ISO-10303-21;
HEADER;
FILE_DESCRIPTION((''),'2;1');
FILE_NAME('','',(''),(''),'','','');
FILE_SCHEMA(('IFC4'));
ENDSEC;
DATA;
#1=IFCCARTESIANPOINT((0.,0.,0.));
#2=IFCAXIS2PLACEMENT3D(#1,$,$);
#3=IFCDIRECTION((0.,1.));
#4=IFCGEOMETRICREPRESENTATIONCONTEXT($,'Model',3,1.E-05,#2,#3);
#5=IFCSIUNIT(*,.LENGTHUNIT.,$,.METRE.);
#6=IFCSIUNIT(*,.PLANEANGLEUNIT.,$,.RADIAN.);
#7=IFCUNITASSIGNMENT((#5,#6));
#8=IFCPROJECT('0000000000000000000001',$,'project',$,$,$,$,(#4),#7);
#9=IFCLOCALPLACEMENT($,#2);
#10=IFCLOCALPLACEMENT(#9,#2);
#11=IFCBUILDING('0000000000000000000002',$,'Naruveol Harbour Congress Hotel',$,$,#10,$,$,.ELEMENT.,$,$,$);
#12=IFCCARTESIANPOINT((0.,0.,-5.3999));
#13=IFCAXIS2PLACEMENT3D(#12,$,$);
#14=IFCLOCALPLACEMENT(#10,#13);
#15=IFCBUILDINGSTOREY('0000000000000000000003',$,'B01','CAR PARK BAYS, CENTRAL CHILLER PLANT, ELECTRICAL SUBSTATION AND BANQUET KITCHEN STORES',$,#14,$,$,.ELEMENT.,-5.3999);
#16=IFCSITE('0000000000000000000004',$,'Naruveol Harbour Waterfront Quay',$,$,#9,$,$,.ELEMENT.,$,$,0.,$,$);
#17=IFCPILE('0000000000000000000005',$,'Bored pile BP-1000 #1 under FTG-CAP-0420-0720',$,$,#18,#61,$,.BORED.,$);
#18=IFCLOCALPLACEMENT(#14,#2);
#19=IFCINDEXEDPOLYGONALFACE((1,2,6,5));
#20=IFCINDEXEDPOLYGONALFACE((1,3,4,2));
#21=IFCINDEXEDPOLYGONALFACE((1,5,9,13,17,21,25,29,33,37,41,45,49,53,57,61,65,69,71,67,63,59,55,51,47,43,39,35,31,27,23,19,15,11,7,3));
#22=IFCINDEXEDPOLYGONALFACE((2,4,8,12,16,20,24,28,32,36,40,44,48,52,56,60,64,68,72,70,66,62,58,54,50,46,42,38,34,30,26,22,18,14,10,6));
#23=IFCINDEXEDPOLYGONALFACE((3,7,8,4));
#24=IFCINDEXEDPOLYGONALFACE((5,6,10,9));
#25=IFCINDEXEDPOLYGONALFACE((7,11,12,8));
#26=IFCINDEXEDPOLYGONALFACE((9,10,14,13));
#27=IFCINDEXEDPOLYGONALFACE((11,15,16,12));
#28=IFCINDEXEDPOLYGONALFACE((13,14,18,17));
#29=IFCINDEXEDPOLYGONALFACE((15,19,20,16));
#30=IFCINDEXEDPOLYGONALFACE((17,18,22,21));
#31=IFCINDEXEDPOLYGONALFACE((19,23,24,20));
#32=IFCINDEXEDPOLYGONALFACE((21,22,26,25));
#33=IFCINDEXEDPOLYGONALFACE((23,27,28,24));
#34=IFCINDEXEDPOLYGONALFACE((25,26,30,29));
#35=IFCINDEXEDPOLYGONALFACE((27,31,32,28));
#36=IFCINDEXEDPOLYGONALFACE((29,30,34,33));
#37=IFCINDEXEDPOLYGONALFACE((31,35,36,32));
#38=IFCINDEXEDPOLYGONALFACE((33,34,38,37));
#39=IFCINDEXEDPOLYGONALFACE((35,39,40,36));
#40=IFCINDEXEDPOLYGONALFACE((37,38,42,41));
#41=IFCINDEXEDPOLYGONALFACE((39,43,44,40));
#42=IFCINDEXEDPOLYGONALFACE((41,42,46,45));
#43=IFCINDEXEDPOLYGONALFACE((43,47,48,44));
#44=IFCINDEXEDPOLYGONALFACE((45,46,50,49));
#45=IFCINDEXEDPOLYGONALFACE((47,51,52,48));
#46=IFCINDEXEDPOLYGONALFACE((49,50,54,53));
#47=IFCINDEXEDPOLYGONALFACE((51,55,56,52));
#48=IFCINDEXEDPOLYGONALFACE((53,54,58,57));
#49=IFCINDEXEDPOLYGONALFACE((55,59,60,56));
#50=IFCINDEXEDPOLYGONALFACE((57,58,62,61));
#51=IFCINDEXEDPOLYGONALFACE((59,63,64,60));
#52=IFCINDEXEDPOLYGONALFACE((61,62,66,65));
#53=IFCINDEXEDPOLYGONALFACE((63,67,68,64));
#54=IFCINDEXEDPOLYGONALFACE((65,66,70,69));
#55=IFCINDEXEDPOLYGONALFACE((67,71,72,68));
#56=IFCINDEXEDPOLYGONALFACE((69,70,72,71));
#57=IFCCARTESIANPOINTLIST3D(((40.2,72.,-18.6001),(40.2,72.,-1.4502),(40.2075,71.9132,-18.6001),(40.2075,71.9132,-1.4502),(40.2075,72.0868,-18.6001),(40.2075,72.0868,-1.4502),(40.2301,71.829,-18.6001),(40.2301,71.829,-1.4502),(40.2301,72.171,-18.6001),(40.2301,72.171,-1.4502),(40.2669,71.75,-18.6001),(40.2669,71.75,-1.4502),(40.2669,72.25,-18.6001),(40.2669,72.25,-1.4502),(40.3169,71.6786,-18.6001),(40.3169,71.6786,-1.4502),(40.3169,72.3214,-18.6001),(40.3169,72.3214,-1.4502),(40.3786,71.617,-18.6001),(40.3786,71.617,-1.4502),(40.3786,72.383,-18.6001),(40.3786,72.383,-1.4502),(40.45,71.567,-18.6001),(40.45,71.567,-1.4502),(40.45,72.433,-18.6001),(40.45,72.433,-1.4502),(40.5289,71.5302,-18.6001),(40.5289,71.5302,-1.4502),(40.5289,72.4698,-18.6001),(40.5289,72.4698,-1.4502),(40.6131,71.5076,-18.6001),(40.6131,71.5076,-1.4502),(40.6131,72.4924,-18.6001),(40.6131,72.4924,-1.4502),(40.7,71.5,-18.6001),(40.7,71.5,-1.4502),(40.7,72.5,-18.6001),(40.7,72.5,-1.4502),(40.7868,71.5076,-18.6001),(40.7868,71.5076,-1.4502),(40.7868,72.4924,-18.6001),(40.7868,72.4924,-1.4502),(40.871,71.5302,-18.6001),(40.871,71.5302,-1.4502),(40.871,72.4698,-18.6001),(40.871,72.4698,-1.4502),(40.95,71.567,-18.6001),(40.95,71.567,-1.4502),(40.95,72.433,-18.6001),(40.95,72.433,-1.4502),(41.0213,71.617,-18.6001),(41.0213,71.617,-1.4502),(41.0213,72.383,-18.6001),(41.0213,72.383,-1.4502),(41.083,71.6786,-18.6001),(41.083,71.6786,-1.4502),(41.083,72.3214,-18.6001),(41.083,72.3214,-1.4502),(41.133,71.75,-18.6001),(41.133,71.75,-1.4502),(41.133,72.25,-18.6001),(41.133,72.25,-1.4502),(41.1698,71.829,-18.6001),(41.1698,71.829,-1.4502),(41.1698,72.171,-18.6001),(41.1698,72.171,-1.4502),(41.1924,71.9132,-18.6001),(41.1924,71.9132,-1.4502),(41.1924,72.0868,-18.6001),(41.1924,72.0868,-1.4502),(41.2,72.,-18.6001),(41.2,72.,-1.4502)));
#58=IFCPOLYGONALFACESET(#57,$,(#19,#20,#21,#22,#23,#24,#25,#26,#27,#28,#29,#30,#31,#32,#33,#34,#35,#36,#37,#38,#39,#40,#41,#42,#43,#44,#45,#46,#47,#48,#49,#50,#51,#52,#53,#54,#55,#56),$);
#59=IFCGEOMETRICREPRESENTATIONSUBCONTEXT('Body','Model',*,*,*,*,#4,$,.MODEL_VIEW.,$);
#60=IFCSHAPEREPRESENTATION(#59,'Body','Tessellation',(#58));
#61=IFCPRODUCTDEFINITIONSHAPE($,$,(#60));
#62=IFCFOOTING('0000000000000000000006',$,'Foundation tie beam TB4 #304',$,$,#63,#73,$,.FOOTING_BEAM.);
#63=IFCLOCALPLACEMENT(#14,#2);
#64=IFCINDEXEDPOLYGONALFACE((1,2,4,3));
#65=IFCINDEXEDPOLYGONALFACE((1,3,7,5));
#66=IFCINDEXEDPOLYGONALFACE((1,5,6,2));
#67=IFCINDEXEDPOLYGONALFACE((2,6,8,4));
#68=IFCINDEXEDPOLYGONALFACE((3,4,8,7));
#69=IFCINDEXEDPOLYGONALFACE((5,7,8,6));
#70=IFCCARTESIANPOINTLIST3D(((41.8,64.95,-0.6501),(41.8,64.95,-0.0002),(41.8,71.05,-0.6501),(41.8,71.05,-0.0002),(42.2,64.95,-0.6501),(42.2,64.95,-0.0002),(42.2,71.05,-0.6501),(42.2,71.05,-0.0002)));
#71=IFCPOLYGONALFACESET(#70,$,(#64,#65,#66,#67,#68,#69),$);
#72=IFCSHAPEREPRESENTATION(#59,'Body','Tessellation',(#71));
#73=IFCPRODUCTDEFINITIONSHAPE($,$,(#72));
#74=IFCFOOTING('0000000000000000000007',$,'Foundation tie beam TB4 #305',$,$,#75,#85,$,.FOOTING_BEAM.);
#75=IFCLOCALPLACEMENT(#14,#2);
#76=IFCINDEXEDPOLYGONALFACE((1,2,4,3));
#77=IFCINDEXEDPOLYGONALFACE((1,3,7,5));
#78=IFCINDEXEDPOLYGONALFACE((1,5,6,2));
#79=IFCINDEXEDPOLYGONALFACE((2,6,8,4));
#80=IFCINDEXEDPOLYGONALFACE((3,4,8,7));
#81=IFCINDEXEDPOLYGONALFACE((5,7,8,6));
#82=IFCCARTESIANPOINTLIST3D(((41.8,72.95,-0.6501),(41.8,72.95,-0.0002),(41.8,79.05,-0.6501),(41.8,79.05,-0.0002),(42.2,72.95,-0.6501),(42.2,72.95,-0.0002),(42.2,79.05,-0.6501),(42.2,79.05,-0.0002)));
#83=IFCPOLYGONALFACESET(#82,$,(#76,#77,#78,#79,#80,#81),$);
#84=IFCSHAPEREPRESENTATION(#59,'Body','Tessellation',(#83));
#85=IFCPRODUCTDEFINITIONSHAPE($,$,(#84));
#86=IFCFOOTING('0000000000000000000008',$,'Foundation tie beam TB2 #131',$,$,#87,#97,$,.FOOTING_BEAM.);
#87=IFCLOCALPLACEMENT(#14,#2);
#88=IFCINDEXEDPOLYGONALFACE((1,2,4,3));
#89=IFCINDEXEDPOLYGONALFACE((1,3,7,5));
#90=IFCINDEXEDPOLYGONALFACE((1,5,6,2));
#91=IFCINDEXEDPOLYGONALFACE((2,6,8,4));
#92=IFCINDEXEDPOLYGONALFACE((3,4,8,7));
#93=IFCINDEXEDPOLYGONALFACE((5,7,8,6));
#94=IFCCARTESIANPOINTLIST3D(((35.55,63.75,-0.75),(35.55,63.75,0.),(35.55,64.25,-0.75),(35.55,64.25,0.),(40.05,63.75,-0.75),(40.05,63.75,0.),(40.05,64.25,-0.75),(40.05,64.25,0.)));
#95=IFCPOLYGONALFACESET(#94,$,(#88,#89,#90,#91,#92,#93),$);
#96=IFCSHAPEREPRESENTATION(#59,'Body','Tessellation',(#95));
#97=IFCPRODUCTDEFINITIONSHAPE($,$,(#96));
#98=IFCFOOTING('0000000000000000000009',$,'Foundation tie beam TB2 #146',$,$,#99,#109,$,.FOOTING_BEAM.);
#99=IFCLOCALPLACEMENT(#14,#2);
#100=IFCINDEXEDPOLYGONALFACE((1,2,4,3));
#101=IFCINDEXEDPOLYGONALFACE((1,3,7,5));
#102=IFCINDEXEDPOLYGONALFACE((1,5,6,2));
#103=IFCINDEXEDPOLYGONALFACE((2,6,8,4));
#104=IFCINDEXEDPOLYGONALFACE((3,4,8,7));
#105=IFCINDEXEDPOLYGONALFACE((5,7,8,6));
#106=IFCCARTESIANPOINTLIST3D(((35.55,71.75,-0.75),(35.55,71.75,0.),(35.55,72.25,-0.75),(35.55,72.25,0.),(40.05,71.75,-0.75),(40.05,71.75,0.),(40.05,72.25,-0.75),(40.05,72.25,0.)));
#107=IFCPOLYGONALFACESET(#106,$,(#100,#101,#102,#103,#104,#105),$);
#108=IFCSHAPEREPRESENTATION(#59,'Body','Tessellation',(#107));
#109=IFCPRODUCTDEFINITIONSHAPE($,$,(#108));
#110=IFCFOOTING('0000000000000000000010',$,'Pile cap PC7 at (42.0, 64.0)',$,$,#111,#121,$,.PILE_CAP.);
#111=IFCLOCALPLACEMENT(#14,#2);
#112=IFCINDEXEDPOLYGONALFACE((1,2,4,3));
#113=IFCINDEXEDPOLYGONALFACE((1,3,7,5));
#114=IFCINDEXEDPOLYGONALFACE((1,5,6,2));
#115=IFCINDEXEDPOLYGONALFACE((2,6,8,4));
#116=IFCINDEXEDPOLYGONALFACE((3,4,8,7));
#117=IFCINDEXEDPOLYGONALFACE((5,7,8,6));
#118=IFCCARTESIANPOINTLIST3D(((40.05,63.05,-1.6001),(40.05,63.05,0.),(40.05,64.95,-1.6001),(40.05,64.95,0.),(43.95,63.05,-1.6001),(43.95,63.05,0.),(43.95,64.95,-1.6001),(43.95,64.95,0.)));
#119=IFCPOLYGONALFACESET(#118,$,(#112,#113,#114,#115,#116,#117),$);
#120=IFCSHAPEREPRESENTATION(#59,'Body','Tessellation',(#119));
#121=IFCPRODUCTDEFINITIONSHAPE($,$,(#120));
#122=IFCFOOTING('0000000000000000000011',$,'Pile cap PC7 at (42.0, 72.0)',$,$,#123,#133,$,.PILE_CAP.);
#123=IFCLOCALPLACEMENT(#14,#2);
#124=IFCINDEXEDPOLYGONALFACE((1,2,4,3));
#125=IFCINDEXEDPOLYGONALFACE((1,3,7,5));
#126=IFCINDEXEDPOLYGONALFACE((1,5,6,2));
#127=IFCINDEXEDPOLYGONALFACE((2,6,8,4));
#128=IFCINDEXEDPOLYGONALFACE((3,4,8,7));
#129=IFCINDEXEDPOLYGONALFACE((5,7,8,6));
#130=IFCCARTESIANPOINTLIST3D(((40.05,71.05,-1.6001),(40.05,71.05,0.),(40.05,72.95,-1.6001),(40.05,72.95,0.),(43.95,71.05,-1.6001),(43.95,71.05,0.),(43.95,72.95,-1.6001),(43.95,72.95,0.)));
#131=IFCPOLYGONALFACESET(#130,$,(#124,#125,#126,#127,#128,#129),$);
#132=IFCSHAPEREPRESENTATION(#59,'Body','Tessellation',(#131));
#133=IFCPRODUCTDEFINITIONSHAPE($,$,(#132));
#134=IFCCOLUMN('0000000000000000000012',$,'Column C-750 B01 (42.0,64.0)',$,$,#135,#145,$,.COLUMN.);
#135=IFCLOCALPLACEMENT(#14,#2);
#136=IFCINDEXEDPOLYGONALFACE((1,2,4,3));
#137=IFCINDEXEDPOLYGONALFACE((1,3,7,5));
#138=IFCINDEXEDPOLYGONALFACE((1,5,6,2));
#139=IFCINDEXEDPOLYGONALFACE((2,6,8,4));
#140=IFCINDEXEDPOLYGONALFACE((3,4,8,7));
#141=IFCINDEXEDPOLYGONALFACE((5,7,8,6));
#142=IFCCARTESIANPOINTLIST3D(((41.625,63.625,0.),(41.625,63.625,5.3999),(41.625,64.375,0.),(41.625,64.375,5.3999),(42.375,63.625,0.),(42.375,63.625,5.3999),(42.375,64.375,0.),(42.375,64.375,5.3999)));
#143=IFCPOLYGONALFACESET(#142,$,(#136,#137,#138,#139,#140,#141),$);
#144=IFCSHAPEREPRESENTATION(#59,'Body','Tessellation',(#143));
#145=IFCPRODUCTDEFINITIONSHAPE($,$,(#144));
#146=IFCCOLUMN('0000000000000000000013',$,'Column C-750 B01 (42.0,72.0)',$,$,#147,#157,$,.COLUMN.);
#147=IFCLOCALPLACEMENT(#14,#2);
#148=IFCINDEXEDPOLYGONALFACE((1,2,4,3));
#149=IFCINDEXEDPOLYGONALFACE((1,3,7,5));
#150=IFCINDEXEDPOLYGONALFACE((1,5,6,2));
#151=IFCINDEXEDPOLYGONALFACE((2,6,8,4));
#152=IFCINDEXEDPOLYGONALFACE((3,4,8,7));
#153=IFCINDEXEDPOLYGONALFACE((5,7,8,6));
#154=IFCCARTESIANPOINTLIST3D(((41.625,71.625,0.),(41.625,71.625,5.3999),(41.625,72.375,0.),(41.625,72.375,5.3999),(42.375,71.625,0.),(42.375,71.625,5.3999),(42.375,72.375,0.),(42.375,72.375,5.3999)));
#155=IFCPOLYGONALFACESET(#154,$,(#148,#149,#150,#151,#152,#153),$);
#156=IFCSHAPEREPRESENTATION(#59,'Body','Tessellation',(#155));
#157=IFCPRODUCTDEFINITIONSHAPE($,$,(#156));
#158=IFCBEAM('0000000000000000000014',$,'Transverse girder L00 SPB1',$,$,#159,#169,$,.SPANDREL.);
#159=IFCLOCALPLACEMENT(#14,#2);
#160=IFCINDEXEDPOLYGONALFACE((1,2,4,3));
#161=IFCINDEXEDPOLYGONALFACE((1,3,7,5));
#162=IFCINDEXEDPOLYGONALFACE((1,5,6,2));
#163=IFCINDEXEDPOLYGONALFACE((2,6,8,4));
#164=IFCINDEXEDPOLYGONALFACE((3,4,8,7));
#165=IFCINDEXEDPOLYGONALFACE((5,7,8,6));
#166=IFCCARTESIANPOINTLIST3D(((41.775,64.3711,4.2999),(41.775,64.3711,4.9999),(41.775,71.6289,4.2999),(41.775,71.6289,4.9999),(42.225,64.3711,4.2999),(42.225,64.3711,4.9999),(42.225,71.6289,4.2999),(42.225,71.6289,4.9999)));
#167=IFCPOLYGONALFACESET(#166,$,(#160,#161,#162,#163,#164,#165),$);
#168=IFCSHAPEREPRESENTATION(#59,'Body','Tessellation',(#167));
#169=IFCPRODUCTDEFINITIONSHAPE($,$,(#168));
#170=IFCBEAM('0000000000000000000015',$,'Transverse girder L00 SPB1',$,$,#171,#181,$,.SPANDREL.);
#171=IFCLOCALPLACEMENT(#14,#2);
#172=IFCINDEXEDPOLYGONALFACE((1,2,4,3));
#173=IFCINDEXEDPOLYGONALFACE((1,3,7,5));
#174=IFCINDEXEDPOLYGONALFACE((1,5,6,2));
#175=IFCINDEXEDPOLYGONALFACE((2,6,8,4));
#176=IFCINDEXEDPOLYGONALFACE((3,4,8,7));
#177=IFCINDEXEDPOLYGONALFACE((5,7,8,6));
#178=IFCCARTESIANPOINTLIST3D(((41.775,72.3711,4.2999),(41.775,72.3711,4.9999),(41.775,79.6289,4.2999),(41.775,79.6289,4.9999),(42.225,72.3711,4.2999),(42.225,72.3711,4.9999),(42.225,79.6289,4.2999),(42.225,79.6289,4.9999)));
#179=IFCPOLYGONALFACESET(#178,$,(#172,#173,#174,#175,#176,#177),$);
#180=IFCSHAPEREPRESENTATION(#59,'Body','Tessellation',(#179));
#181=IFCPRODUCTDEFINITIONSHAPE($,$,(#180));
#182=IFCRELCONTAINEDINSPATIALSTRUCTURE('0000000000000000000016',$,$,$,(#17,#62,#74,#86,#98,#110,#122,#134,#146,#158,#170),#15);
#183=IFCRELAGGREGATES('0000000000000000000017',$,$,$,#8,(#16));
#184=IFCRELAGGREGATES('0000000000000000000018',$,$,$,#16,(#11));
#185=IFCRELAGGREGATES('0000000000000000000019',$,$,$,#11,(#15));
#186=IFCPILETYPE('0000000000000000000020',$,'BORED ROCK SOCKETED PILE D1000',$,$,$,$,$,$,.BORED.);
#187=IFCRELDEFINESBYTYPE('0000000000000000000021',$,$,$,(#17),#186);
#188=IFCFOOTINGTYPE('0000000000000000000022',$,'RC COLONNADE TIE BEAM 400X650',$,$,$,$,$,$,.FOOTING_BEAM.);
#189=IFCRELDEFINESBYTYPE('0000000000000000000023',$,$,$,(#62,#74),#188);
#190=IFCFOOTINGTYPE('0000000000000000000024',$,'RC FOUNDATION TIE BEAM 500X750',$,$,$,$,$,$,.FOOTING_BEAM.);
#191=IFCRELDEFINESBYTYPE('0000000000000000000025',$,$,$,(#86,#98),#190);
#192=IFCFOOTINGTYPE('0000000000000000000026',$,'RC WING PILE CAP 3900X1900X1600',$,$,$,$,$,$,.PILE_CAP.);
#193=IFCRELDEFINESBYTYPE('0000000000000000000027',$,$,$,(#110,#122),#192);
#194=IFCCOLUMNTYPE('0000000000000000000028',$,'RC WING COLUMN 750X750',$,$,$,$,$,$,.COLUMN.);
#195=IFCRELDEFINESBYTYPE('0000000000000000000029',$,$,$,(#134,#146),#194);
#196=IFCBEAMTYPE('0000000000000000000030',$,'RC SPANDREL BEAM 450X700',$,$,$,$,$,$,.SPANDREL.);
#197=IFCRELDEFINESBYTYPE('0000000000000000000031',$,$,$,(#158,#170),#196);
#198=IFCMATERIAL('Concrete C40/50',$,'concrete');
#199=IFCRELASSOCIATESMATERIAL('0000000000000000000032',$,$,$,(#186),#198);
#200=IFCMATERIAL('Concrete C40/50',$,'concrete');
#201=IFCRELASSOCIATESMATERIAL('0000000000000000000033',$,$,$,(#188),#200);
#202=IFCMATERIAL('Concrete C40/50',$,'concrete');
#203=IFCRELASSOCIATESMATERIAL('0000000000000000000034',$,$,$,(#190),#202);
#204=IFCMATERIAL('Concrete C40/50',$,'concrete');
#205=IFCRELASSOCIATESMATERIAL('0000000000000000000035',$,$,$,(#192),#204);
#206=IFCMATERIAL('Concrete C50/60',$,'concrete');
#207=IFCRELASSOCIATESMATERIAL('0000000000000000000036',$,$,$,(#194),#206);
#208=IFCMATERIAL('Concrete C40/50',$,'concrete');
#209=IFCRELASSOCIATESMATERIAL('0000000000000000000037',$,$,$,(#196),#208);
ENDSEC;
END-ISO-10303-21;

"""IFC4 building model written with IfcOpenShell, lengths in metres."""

from ifc_helpers import new_model, si_unit, direction, frame, origin, origin_2d, place, context, subcontext, project, spatial, rectangle, circle, extrude, material, material_profile, profile_set, type_object, element, save


model = new_model("IFC4")

# Units and contexts
model_context = context("Model", 3, precision=1e-05, world=origin(), true_north=direction((0.0, 1.0)))
body_context = subcontext(model_context, "Body", "Model", "MODEL_VIEW")
ifc_project = project(units=[si_unit("LENGTHUNIT", "METRE"), si_unit("PLANEANGLEUNIT", "RADIAN")], contexts=[model_context])

# Site, building, storey
site_placement = place(None, origin())
site = spatial("IfcSite", under=ifc_project, at=site_placement, Name="Naruveol Harbour Waterfront Quay", CompositionType="ELEMENT", RefElevation=0.0)
building_placement = place(site_placement, origin())
building = spatial("IfcBuilding", under=site, at=building_placement, Name="Naruveol Harbour Congress Hotel", CompositionType="ELEMENT")
storey_placement = place(building_placement, frame((0.0, 0.0, -5.3999)))
storey = spatial("IfcBuildingStorey", under=building, at=storey_placement, Name="B01", Description="CAR PARK BAYS, CENTRAL CHILLER PLANT, ELECTRICAL SUBSTATION AND BANQUET KITCHEN STORES", CompositionType="ELEMENT", Elevation=-5.3999)

# Pile
ifc_material_1 = material(Name="Concrete C40/50", Category="concrete")
ifc_material_profile_1 = material_profile(ifc_material_1, circle(Radius=0.5, at=origin_2d()), Name="BP-1000")
ifc_profile_set_1 = profile_set([ifc_material_profile_1], Name="Concrete C40/50")
pile_type = type_object("IfcPileType", Name="BORED ROCK SOCKETED PILE D1000", PredefinedType="BORED", material=ifc_profile_set_1)
for number, where, z_axis, x_axis, name in (
    (1, (40.7, 72.0, -1.4502), (0.0, 0.0, -1.0), (1.0, 0.0, 0.0), "Bored pile BP-1000 #1 under FTG-CAP-0420-0720"),
):
    element("IfcPile", number, at=place(storey_placement, frame(where, z_axis=z_axis, x_axis=x_axis)), inside=storey, type_object=pile_type, Name=name, PredefinedType="BORED", context=body_context, shape_type="SweptSolid", body=[
        extrude(circle(Radius=0.5, at=origin_2d()), origin(), (0.0, 0.0, 1.0), 17.1499),
    ])

# Footings
ifc_material_2 = material(Name="Concrete C40/50", Category="concrete")
ifc_material_profile_2 = material_profile(ifc_material_2, rectangle(XDim=0.3999, YDim=0.6499, at=origin_2d()), Name="RCB-400x650")
ifc_profile_set_2 = profile_set([ifc_material_profile_2], Name="Concrete C40/50")
footing_type_1 = type_object("IfcFootingType", Name="RC COLONNADE TIE BEAM 400X650", PredefinedType="FOOTING_BEAM", material=ifc_profile_set_2)
for number, where, z_axis, x_axis, name in (
    (2, (42.0, 64.95, -0.3252), (0.0, 1.0, 0.0), (-1.0, 0.0, 0.0), "Foundation tie beam TB4 #304"),
    (3, (42.0, 72.95, -0.3252), (0.0, 1.0, 0.0), (-1.0, 0.0, 0.0), "Foundation tie beam TB4 #305"),
):
    element("IfcFooting", number, at=place(storey_placement, frame(where, z_axis=z_axis, x_axis=x_axis)), inside=storey, type_object=footing_type_1, Name=name, PredefinedType="FOOTING_BEAM", context=body_context, shape_type="SweptSolid", body=[
        extrude(rectangle(XDim=0.3999, YDim=0.6499, at=origin_2d()), origin(), (0.0, 0.0, 1.0), 6.1001),
    ])
ifc_material_3 = material(Name="Concrete C40/50", Category="concrete")
ifc_material_profile_3 = material_profile(ifc_material_3, rectangle(XDim=0.5, YDim=0.75, at=origin_2d()), Name="RCB-500x750")
ifc_profile_set_3 = profile_set([ifc_material_profile_3], Name="Concrete C40/50")
footing_type_2 = type_object("IfcFootingType", Name="RC FOUNDATION TIE BEAM 500X750", PredefinedType="FOOTING_BEAM", material=ifc_profile_set_3)
for number, where, z_axis, x_axis, name in (
    (4, (35.55, 64.0, -0.375), (1.0, 0.0, 0.0), (0.0, 1.0, 0.0), "Foundation tie beam TB2 #131"),
    (5, (35.55, 72.0, -0.375), (1.0, 0.0, 0.0), (0.0, 1.0, 0.0), "Foundation tie beam TB2 #146"),
):
    element("IfcFooting", number, at=place(storey_placement, frame(where, z_axis=z_axis, x_axis=x_axis)), inside=storey, type_object=footing_type_2, Name=name, PredefinedType="FOOTING_BEAM", context=body_context, shape_type="SweptSolid", body=[
        extrude(rectangle(XDim=0.5, YDim=0.75, at=origin_2d()), origin(), (0.0, 0.0, 1.0), 4.5),
    ])
ifc_material_4 = material(Name="Concrete C40/50", Category="concrete")
footing_type_3 = type_object("IfcFootingType", Name="RC WING PILE CAP 3900X1900X1600", PredefinedType="PILE_CAP", material=ifc_material_4)
for number, where, z_axis, x_axis, name in (
    (6, (42.0, 64.0, -1.6001), (0.0, 0.0, 1.0), (1.0, 0.0, 0.0), "Pile cap PC7 at (42.0, 64.0)"),
    (7, (42.0, 72.0, -1.6001), (0.0, 0.0, 1.0), (1.0, 0.0, 0.0), "Pile cap PC7 at (42.0, 72.0)"),
):
    element("IfcFooting", number, at=place(storey_placement, frame(where, z_axis=z_axis, x_axis=x_axis)), inside=storey, type_object=footing_type_3, Name=name, PredefinedType="PILE_CAP", context=body_context, shape_type="SweptSolid", body=[
        extrude(rectangle(XDim=3.8999, YDim=1.8999, at=origin_2d()), origin(), (0.0, 0.0, 1.0), 1.6001),
    ])

# Columns
ifc_material_5 = material(Name="Concrete C50/60", Category="concrete")
ifc_material_profile_4 = material_profile(ifc_material_5, rectangle(XDim=0.75, YDim=0.75, at=origin_2d()), Name="RC-750x750")
ifc_profile_set_4 = profile_set([ifc_material_profile_4], Name="Concrete C50/60")
column_type = type_object("IfcColumnType", Name="RC WING COLUMN 750X750", PredefinedType="COLUMN", material=ifc_profile_set_4)
for number, where, z_axis, x_axis, name in (
    (8, (42.0, 64.0, 0.0), (0.0, 0.0, 1.0), (1.0, 0.0, 0.0), "Column C-750 B01 (42.0,64.0)"),
    (9, (42.0, 72.0, 0.0), (0.0, 0.0, 1.0), (1.0, 0.0, 0.0), "Column C-750 B01 (42.0,72.0)"),
):
    element("IfcColumn", number, at=place(storey_placement, frame(where, z_axis=z_axis, x_axis=x_axis)), inside=storey, type_object=column_type, Name=name, PredefinedType="COLUMN", context=body_context, shape_type="SweptSolid", body=[
        extrude(rectangle(XDim=0.75, YDim=0.75, at=origin_2d()), origin(), (0.0, 0.0, 1.0), 5.3999),
    ])

# Beams
ifc_material_6 = material(Name="Concrete C40/50", Category="concrete")
ifc_material_profile_5 = material_profile(ifc_material_6, rectangle(XDim=0.45, YDim=0.7, at=origin_2d()), Name="RCB-450x700")
ifc_profile_set_5 = profile_set([ifc_material_profile_5], Name="Concrete C40/50")
beam_type_1 = type_object("IfcBeamType", Name="RC SPANDREL BEAM 450X700", PredefinedType="SPANDREL", material=ifc_profile_set_5)
for number, where, z_axis, x_axis, name in (
    (10, (42.0, 64.3711, 4.6499), (0.0, 1.0, 0.0), (-1.0, 0.0, 0.0), "Transverse girder L00 SPB1"),
    (11, (42.0, 72.3711, 4.6499), (0.0, 1.0, 0.0), (-1.0, 0.0, 0.0), "Transverse girder L00 SPB1"),
):
    element("IfcBeam", number, at=place(storey_placement, frame(where, z_axis=z_axis, x_axis=x_axis)), inside=storey, type_object=beam_type_1, Name=name, PredefinedType="SPANDREL", context=body_context, shape_type="SweptSolid", body=[
        extrude(rectangle(XDim=0.45, YDim=0.7, at=origin_2d()), origin(), (0.0, 0.0, 1.0), 7.2578),
    ])

save(model, "model.ifc")
